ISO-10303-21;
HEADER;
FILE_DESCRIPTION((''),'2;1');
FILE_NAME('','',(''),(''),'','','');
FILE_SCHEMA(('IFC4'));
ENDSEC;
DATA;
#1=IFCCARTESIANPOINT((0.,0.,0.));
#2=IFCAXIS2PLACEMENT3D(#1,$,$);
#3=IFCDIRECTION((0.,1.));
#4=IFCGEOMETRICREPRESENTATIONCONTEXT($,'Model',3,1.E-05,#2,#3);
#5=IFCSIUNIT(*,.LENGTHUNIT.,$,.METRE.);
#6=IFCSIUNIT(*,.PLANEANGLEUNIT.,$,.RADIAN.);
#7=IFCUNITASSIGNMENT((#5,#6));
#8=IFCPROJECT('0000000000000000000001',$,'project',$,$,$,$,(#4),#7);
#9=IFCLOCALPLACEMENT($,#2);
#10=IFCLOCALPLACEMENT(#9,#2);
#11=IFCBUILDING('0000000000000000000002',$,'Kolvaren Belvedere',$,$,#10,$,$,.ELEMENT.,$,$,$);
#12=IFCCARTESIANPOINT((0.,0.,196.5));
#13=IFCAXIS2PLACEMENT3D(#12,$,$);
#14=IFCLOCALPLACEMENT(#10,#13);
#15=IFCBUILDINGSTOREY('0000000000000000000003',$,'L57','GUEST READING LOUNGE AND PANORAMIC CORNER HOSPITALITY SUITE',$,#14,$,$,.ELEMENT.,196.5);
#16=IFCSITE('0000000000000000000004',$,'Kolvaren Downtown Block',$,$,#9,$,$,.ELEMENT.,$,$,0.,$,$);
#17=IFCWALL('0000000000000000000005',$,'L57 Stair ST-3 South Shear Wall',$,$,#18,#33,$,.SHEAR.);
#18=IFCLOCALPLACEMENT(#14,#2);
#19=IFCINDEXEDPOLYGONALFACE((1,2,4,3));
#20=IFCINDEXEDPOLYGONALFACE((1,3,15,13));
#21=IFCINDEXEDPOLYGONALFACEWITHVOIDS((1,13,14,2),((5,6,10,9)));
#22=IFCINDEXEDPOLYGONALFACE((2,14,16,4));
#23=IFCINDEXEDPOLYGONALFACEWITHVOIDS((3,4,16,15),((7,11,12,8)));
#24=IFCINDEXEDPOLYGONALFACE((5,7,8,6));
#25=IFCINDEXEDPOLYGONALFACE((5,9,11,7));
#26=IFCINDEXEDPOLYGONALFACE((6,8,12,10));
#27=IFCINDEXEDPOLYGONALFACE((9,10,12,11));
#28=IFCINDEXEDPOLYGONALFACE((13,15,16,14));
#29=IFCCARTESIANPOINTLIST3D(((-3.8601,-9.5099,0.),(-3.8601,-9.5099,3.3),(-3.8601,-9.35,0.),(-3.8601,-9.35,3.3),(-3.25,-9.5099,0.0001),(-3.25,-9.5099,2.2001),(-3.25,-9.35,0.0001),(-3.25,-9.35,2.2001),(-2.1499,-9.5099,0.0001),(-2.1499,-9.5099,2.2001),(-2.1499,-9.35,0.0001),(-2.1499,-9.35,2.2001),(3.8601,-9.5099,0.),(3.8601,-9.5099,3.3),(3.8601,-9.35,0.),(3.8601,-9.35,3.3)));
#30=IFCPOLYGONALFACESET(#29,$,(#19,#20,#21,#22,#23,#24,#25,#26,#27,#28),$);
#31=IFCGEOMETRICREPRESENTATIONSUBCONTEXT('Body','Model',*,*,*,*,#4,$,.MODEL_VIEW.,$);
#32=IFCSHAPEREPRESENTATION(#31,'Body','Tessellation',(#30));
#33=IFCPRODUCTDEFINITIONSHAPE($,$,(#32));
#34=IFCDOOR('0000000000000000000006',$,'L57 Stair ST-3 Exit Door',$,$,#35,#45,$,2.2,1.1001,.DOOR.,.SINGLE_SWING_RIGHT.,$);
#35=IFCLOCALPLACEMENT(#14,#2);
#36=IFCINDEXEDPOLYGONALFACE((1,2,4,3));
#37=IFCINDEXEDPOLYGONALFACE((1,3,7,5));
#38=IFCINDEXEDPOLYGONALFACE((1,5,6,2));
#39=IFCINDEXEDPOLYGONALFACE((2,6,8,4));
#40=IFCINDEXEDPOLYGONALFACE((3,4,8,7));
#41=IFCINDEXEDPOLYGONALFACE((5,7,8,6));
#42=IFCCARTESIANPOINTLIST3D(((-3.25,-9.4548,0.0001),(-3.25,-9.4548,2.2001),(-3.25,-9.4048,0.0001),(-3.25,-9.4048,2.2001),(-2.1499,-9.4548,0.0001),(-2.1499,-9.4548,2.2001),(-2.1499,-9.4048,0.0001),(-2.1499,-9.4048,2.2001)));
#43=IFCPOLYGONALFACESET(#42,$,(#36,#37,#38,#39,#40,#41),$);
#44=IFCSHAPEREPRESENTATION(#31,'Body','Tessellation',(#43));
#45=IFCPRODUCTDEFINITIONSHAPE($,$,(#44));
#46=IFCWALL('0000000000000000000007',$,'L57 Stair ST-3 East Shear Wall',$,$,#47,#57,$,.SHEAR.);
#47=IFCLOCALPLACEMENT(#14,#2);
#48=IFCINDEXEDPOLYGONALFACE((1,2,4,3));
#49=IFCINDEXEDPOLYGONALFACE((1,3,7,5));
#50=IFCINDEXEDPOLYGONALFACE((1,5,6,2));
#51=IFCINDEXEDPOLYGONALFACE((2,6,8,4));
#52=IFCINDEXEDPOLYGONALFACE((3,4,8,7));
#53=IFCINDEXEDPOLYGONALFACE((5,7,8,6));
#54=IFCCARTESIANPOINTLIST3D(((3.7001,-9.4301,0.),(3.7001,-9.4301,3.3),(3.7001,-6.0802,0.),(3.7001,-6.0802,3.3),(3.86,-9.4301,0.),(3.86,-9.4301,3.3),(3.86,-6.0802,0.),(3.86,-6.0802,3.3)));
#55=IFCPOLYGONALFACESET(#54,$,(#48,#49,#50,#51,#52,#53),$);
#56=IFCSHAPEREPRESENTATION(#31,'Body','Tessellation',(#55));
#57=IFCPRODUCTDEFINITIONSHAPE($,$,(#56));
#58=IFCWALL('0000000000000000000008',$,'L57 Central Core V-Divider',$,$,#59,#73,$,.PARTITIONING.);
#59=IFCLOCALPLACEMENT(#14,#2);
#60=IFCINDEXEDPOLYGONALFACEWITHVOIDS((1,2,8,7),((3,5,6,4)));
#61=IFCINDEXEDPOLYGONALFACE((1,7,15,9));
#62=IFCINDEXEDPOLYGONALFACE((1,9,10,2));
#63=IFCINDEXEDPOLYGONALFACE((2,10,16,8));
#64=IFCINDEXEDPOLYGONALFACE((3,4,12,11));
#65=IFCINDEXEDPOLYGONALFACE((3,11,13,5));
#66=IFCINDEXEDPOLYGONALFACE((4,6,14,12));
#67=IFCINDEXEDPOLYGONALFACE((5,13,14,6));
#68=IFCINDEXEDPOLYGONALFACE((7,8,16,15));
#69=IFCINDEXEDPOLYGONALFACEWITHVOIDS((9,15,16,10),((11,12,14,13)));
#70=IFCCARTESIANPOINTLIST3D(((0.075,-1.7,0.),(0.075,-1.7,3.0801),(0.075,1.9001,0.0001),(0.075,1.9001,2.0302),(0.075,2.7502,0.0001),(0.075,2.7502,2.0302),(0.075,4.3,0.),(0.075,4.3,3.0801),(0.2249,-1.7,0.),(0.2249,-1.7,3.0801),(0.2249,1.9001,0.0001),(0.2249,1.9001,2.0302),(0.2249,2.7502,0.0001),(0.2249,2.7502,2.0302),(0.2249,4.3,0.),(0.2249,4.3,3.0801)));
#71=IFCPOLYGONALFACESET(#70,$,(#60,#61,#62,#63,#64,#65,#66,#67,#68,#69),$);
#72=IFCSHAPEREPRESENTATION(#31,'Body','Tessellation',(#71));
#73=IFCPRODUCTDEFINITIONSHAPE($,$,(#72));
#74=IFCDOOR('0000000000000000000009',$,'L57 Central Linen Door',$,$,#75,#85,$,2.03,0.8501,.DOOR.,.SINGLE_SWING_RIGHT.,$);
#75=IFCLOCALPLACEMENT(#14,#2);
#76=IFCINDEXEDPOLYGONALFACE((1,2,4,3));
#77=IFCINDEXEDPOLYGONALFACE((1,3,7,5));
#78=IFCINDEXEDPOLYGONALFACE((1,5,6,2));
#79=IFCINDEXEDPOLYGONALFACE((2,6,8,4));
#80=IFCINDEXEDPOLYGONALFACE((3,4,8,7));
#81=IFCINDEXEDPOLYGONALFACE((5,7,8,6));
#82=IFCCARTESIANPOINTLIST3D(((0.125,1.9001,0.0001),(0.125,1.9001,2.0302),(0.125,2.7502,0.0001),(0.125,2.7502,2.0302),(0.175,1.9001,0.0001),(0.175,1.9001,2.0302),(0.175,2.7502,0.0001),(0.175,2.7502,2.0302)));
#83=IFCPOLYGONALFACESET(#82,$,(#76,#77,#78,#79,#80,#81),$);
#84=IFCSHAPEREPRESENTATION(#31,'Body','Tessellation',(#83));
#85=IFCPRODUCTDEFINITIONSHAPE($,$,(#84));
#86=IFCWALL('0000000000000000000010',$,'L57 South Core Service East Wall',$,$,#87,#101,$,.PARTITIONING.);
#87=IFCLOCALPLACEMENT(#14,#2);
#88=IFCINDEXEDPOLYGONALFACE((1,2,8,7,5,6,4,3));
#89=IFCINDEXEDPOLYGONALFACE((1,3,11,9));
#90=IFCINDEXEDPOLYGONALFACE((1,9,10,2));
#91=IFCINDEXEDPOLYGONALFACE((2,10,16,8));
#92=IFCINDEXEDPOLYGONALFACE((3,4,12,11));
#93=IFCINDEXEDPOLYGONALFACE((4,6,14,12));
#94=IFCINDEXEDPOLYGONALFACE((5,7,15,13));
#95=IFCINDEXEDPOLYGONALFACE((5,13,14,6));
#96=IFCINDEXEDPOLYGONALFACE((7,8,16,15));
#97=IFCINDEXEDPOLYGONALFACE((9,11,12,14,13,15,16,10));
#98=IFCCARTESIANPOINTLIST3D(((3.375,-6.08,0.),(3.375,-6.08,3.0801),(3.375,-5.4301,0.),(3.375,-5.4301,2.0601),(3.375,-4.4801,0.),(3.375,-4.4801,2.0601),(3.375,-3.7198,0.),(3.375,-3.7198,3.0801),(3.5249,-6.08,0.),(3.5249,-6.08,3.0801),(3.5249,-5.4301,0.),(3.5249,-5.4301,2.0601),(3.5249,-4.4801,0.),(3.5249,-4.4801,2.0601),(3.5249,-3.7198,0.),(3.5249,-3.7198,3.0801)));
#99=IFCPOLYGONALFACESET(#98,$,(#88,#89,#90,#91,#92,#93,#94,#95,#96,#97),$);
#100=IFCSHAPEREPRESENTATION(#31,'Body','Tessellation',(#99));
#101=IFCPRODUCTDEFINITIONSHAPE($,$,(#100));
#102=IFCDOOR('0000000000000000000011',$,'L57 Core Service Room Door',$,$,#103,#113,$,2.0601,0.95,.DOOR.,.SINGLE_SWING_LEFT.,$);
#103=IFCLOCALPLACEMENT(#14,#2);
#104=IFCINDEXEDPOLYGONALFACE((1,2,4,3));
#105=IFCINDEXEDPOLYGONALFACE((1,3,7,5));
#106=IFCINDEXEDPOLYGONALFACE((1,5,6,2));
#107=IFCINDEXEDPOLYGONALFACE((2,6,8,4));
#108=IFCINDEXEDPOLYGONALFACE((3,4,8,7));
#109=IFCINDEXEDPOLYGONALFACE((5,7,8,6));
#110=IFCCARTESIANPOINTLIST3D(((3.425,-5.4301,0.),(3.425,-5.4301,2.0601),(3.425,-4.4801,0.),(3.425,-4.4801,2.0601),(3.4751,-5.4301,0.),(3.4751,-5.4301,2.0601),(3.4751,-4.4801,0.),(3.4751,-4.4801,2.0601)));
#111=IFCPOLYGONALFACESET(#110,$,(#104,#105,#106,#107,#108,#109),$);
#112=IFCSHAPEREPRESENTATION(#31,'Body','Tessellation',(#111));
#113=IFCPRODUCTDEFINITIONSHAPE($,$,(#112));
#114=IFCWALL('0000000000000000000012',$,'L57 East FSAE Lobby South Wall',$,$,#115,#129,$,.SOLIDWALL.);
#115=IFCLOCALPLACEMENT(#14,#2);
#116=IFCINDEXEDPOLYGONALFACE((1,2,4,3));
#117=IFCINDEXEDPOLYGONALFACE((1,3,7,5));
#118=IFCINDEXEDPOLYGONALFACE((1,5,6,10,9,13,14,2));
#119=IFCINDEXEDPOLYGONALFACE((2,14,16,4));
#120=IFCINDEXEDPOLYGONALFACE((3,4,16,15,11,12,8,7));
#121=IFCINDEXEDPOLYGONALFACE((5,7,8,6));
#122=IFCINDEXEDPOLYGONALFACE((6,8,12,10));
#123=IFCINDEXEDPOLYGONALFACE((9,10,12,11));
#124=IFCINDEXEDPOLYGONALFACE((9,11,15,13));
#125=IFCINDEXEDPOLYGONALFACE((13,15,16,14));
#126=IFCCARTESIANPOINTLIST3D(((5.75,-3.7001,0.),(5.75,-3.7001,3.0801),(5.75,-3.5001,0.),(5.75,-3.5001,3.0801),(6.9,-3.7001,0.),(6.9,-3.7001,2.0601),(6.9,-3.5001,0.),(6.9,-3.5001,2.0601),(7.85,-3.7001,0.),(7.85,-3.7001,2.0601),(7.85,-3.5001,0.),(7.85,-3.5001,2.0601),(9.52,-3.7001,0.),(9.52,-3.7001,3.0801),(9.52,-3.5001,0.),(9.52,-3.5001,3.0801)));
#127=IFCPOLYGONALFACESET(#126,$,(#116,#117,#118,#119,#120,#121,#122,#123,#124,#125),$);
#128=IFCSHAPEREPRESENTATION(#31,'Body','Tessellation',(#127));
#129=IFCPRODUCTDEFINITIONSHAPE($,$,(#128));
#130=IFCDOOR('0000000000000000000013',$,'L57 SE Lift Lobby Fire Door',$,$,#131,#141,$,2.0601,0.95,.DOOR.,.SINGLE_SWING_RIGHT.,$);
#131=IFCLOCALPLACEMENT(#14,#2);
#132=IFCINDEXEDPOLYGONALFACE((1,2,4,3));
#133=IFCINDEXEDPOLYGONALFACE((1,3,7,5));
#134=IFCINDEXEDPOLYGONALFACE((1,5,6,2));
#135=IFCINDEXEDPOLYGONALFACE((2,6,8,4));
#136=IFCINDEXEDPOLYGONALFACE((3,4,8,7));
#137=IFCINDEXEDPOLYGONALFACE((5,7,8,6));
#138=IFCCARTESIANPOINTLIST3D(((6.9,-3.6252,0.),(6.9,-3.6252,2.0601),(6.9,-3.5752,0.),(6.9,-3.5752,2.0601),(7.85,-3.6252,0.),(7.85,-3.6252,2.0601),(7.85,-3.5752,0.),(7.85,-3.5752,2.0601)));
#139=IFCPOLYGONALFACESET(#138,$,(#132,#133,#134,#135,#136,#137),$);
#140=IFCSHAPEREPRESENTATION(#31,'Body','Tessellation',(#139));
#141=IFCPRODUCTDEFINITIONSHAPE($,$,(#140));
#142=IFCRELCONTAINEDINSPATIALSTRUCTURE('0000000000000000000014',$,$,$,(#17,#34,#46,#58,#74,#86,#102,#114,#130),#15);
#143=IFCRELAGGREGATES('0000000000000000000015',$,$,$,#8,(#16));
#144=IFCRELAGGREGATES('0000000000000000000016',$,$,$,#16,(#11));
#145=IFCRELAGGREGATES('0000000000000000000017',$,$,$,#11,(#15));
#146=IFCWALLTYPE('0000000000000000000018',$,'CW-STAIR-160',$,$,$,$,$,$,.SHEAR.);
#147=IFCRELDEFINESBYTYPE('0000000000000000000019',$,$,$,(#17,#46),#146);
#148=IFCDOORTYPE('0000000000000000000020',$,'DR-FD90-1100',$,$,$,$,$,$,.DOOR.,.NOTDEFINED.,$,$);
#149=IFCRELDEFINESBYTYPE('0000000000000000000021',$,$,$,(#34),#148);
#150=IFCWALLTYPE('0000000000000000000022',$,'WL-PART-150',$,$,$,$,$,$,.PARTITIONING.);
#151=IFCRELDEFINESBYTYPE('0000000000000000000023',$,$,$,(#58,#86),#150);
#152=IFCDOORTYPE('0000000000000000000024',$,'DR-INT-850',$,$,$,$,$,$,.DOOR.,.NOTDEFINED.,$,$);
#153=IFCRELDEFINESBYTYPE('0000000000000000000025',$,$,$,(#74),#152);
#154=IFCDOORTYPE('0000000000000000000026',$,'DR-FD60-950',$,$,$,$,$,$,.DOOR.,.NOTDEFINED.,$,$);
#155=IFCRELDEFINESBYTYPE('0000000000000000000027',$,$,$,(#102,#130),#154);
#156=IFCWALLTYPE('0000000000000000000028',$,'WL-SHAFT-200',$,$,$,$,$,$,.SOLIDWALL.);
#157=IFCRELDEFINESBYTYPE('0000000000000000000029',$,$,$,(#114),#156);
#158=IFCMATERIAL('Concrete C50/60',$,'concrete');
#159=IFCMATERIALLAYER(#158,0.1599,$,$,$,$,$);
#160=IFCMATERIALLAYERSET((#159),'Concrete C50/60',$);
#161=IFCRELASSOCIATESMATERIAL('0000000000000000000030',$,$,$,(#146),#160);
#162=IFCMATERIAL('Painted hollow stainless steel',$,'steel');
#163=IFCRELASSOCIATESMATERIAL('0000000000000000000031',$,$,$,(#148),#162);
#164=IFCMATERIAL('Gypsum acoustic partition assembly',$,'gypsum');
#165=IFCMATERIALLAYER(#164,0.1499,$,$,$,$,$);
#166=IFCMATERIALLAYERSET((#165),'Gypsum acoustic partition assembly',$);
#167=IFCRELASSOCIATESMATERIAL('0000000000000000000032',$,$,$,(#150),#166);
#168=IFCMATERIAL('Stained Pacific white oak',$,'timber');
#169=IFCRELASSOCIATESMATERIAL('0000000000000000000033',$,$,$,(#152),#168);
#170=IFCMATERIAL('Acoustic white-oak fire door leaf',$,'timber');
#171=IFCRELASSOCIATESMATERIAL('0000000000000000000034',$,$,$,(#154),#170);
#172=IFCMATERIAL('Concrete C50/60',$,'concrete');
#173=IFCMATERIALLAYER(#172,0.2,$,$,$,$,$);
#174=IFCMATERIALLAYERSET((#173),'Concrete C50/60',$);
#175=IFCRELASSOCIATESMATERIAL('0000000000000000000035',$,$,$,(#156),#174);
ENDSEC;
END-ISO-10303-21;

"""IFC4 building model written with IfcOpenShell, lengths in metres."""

from ifc_helpers import new_model, si_unit, direction, frame, frame_2d, origin, place, context, subcontext, project, spatial, rectangle, extrude, material, layer, layer_set, type_object, element, fill, save


model = new_model("IFC4")

# Units and contexts
model_context = context("Model", 3, precision=1e-05, world=origin(), true_north=direction((0.0, 1.0)))
body_context = subcontext(model_context, "Body", "Model", "MODEL_VIEW")
ifc_project = project(units=[si_unit("LENGTHUNIT", "METRE"), si_unit("PLANEANGLEUNIT", "RADIAN")], contexts=[model_context])

# Site, building, storey
site_placement = place(None, origin())
site = spatial("IfcSite", under=ifc_project, at=site_placement, Name="Kolvaren Downtown Block", CompositionType="ELEMENT", RefElevation=0.0)
building_placement = place(site_placement, origin())
building = spatial("IfcBuilding", under=site, at=building_placement, Name="Kolvaren Belvedere", CompositionType="ELEMENT")
storey_placement = place(building_placement, frame((0.0, 0.0, 196.5)))
storey = spatial("IfcBuildingStorey", under=building, at=storey_placement, Name="L57", Description="GUEST READING LOUNGE AND PANORAMIC CORNER HOSPITALITY SUITE", CompositionType="ELEMENT", Elevation=196.5)

# Wall, opening, door
ifc_material_1 = material(Name="Concrete C50/60", Category="concrete")
ifc_layer_1 = layer(ifc_material_1, 0.1599)
ifc_layer_set_1 = layer_set([ifc_layer_1], Name="Concrete C50/60")
wall_type_1 = type_object("IfcWallType", Name="CW-STAIR-160", PredefinedType="SHEAR", material=ifc_layer_set_1)
wall_1_placement = place(storey_placement, frame((3.8601, -9.4299, 0.0), z_axis=(0.0, 0.0, 1.0), x_axis=(-1.0, 0.0, 0.0)))
wall_1 = element("IfcWall", 1, at=wall_1_placement, inside=storey, type_object=wall_type_1, Name="L57 Stair ST-3 South Shear Wall", PredefinedType="SHEAR", context=body_context, shape_type="SweptSolid", body=[
    extrude(rectangle(XDim=7.7202, YDim=0.1599, at=frame_2d((3.8601, 0.0))), origin(), (0.0, 0.0, 1.0), 3.3),
])
opening_1_placement = place(wall_1_placement, frame((6.01, 0.0, 0.0)))
opening_1 = element("IfcOpeningElement", 2, at=opening_1_placement, cuts=wall_1, PredefinedType="OPENING", context=body_context, shape_type="SweptSolid", body=[
    extrude(rectangle(XDim=1.1001, YDim=2.2, at=frame_2d((0.55, 1.1001))), frame((0.0, 0.0898, 0.0), z_axis=(0.0, -1.0, 0.0), x_axis=(1.0, 0.0, 0.0)), (0.0, 0.0, 1.0), 0.1799),
])
ifc_material_2 = material(Name="Painted hollow stainless steel", Category="steel")
door_type_1 = type_object("IfcDoorType", Name="DR-FD90-1100", OperationType="NOTDEFINED", PredefinedType="DOOR", material=ifc_material_2)
door_1_placement = place(opening_1_placement, origin())
door_1 = element("IfcDoor", 3, at=door_1_placement, inside=storey, type_object=door_type_1, Name="L57 Stair ST-3 Exit Door", OperationType="SINGLE_SWING_RIGHT", OverallHeight=2.2, OverallWidth=1.1001, PredefinedType="DOOR", context=body_context, shape_type="SweptSolid", body=[
    extrude(rectangle(XDim=1.1001, YDim=2.2, at=frame_2d((0.55, 1.1001))), frame((0.0, 0.0249, 0.0), z_axis=(0.0, -1.0, 0.0), x_axis=(1.0, 0.0, 0.0)), (0.0, 0.0, 1.0), 0.05),
])
fill(opening_1, door_1)

# Wall
wall_2_placement = place(storey_placement, frame((3.78, -9.4299, 0.0), z_axis=(0.0, 0.0, 1.0), x_axis=(0.0, 1.0, 0.0)))
element("IfcWall", 4, at=wall_2_placement, inside=storey, type_object=wall_type_1, Name="L57 Stair ST-3 East Shear Wall", PredefinedType="SHEAR", context=body_context, shape_type="SweptSolid", body=[
    extrude(rectangle(XDim=3.3499, YDim=0.1599, at=frame_2d((1.6748, 0.0))), origin(), (0.0, 0.0, 1.0), 3.3),
])

# Walls, openings, doors
ifc_material_3 = material(Name="Gypsum acoustic partition assembly", Category="gypsum")
ifc_layer_2 = layer(ifc_material_3, 0.1499)
ifc_layer_set_2 = layer_set([ifc_layer_2], Name="Gypsum acoustic partition assembly")
wall_type_2 = type_object("IfcWallType", Name="WL-PART-150", PredefinedType="PARTITIONING", material=ifc_layer_set_2)
wall_3_placement = place(storey_placement, frame((0.1499, -1.7, 0.0), z_axis=(0.0, 0.0, 1.0), x_axis=(0.0, 1.0, 0.0)))
wall_3 = element("IfcWall", 5, at=wall_3_placement, inside=storey, type_object=wall_type_2, Name="L57 Central Core V-Divider", PredefinedType="PARTITIONING", context=body_context, shape_type="SweptSolid", body=[
    extrude(rectangle(XDim=6.0, YDim=0.1499, at=frame_2d((3.0, 0.0))), origin(), (0.0, 0.0, 1.0), 3.0801),
])
opening_2_placement = place(wall_3_placement, frame((3.6001, 0.0, 0.0)))
opening_2 = element("IfcOpeningElement", 6, at=opening_2_placement, cuts=wall_3, PredefinedType="OPENING", context=body_context, shape_type="SweptSolid", body=[
    extrude(rectangle(XDim=0.8501, YDim=2.03, at=frame_2d((0.425, 1.0151))), frame((0.0, 0.085, 0.0), z_axis=(0.0, -1.0, 0.0), x_axis=(1.0, 0.0, 0.0)), (0.0, 0.0, 1.0), 0.1699),
])
ifc_material_4 = material(Name="Stained Pacific white oak", Category="timber")
door_type_2 = type_object("IfcDoorType", Name="DR-INT-850", OperationType="NOTDEFINED", PredefinedType="DOOR", material=ifc_material_4)
door_2_placement = place(opening_2_placement, origin())
door_2 = element("IfcDoor", 7, at=door_2_placement, inside=storey, type_object=door_type_2, Name="L57 Central Linen Door", OperationType="SINGLE_SWING_RIGHT", OverallHeight=2.03, OverallWidth=0.8501, PredefinedType="DOOR", context=body_context, shape_type="SweptSolid", body=[
    extrude(rectangle(XDim=0.8501, YDim=2.03, at=frame_2d((0.425, 1.0151))), frame((0.0, 0.0249, 0.0), z_axis=(0.0, -1.0, 0.0), x_axis=(1.0, 0.0, 0.0)), (0.0, 0.0, 1.0), 0.05),
])
fill(opening_2, door_2)
wall_4_placement = place(storey_placement, frame((3.45, -6.0801, 0.0), z_axis=(0.0, 0.0, 1.0), x_axis=(0.0, 1.0, 0.0)))
wall_4 = element("IfcWall", 8, at=wall_4_placement, inside=storey, type_object=wall_type_2, Name="L57 South Core Service East Wall", PredefinedType="PARTITIONING", context=body_context, shape_type="SweptSolid", body=[
    extrude(rectangle(XDim=2.3601, YDim=0.1499, at=frame_2d((1.1802, 0.0))), origin(), (0.0, 0.0, 1.0), 3.0801),
])
opening_3_placement = place(wall_4_placement, frame((0.6499, 0.0, 0.0)))
opening_3 = element("IfcOpeningElement", 9, at=opening_3_placement, cuts=wall_4, PredefinedType="OPENING", context=body_context, shape_type="SweptSolid", body=[
    extrude(rectangle(XDim=0.95, YDim=2.0601, at=frame_2d((0.4751, 1.03))), frame((0.0, 0.085, 0.0), z_axis=(0.0, -1.0, 0.0), x_axis=(1.0, 0.0, 0.0)), (0.0, 0.0, 1.0), 0.1699),
])
ifc_material_5 = material(Name="Acoustic white-oak fire door leaf", Category="timber")
door_type_3 = type_object("IfcDoorType", Name="DR-FD60-950", OperationType="NOTDEFINED", PredefinedType="DOOR", material=ifc_material_5)
door_3_placement = place(opening_3_placement, origin())
door_3 = element("IfcDoor", 10, at=door_3_placement, inside=storey, type_object=door_type_3, Name="L57 Core Service Room Door", OperationType="SINGLE_SWING_LEFT", OverallHeight=2.0601, OverallWidth=0.95, PredefinedType="DOOR", context=body_context, shape_type="SweptSolid", body=[
    extrude(rectangle(XDim=0.95, YDim=2.0601, at=frame_2d((0.4751, 1.03))), frame((0.0, 0.0249, 0.0), z_axis=(0.0, -1.0, 0.0), x_axis=(1.0, 0.0, 0.0)), (0.0, 0.0, 1.0), 0.05),
])
fill(opening_3, door_3)
ifc_material_6 = material(Name="Concrete C50/60", Category="concrete")
ifc_layer_3 = layer(ifc_material_6, 0.2)
ifc_layer_set_3 = layer_set([ifc_layer_3], Name="Concrete C50/60")
wall_type_3 = type_object("IfcWallType", Name="WL-SHAFT-200", PredefinedType="SOLIDWALL", material=ifc_layer_set_3)
wall_5_placement = place(storey_placement, frame((5.75, -3.6001, 0.0), z_axis=(0.0, 0.0, 1.0), x_axis=(1.0, 0.0, 0.0)))
wall_5 = element("IfcWall", 11, at=wall_5_placement, inside=storey, type_object=wall_type_3, Name="L57 East FSAE Lobby South Wall", PredefinedType="SOLIDWALL", context=body_context, shape_type="SweptSolid", body=[
    extrude(rectangle(XDim=3.77, YDim=0.2, at=frame_2d((1.885, 0.0))), origin(), (0.0, 0.0, 1.0), 3.0801),
])
opening_4_placement = place(wall_5_placement, frame((1.1499, 0.0, 0.0)))
opening_4 = element("IfcOpeningElement", 12, at=opening_4_placement, cuts=wall_5, PredefinedType="OPENING", context=body_context, shape_type="SweptSolid", body=[
    extrude(rectangle(XDim=0.95, YDim=2.0601, at=frame_2d((0.4751, 1.03))), frame((0.0, 0.1099, 0.0), z_axis=(0.0, -1.0, 0.0), x_axis=(1.0, 0.0, 0.0)), (0.0, 0.0, 1.0), 0.22),
])
door_4_placement = place(opening_4_placement, origin())
door_4 = element("IfcDoor", 13, at=door_4_placement, inside=storey, type_object=door_type_3, Name="L57 SE Lift Lobby Fire Door", OperationType="SINGLE_SWING_RIGHT", OverallHeight=2.0601, OverallWidth=0.95, PredefinedType="DOOR", context=body_context, shape_type="SweptSolid", body=[
    extrude(rectangle(XDim=0.95, YDim=2.0601, at=frame_2d((0.4751, 1.03))), frame((0.0, 0.0249, 0.0), z_axis=(0.0, -1.0, 0.0), x_axis=(1.0, 0.0, 0.0)), (0.0, 0.0, 1.0), 0.05),
])
fill(opening_4, door_4)

save(model, "model.ifc")
